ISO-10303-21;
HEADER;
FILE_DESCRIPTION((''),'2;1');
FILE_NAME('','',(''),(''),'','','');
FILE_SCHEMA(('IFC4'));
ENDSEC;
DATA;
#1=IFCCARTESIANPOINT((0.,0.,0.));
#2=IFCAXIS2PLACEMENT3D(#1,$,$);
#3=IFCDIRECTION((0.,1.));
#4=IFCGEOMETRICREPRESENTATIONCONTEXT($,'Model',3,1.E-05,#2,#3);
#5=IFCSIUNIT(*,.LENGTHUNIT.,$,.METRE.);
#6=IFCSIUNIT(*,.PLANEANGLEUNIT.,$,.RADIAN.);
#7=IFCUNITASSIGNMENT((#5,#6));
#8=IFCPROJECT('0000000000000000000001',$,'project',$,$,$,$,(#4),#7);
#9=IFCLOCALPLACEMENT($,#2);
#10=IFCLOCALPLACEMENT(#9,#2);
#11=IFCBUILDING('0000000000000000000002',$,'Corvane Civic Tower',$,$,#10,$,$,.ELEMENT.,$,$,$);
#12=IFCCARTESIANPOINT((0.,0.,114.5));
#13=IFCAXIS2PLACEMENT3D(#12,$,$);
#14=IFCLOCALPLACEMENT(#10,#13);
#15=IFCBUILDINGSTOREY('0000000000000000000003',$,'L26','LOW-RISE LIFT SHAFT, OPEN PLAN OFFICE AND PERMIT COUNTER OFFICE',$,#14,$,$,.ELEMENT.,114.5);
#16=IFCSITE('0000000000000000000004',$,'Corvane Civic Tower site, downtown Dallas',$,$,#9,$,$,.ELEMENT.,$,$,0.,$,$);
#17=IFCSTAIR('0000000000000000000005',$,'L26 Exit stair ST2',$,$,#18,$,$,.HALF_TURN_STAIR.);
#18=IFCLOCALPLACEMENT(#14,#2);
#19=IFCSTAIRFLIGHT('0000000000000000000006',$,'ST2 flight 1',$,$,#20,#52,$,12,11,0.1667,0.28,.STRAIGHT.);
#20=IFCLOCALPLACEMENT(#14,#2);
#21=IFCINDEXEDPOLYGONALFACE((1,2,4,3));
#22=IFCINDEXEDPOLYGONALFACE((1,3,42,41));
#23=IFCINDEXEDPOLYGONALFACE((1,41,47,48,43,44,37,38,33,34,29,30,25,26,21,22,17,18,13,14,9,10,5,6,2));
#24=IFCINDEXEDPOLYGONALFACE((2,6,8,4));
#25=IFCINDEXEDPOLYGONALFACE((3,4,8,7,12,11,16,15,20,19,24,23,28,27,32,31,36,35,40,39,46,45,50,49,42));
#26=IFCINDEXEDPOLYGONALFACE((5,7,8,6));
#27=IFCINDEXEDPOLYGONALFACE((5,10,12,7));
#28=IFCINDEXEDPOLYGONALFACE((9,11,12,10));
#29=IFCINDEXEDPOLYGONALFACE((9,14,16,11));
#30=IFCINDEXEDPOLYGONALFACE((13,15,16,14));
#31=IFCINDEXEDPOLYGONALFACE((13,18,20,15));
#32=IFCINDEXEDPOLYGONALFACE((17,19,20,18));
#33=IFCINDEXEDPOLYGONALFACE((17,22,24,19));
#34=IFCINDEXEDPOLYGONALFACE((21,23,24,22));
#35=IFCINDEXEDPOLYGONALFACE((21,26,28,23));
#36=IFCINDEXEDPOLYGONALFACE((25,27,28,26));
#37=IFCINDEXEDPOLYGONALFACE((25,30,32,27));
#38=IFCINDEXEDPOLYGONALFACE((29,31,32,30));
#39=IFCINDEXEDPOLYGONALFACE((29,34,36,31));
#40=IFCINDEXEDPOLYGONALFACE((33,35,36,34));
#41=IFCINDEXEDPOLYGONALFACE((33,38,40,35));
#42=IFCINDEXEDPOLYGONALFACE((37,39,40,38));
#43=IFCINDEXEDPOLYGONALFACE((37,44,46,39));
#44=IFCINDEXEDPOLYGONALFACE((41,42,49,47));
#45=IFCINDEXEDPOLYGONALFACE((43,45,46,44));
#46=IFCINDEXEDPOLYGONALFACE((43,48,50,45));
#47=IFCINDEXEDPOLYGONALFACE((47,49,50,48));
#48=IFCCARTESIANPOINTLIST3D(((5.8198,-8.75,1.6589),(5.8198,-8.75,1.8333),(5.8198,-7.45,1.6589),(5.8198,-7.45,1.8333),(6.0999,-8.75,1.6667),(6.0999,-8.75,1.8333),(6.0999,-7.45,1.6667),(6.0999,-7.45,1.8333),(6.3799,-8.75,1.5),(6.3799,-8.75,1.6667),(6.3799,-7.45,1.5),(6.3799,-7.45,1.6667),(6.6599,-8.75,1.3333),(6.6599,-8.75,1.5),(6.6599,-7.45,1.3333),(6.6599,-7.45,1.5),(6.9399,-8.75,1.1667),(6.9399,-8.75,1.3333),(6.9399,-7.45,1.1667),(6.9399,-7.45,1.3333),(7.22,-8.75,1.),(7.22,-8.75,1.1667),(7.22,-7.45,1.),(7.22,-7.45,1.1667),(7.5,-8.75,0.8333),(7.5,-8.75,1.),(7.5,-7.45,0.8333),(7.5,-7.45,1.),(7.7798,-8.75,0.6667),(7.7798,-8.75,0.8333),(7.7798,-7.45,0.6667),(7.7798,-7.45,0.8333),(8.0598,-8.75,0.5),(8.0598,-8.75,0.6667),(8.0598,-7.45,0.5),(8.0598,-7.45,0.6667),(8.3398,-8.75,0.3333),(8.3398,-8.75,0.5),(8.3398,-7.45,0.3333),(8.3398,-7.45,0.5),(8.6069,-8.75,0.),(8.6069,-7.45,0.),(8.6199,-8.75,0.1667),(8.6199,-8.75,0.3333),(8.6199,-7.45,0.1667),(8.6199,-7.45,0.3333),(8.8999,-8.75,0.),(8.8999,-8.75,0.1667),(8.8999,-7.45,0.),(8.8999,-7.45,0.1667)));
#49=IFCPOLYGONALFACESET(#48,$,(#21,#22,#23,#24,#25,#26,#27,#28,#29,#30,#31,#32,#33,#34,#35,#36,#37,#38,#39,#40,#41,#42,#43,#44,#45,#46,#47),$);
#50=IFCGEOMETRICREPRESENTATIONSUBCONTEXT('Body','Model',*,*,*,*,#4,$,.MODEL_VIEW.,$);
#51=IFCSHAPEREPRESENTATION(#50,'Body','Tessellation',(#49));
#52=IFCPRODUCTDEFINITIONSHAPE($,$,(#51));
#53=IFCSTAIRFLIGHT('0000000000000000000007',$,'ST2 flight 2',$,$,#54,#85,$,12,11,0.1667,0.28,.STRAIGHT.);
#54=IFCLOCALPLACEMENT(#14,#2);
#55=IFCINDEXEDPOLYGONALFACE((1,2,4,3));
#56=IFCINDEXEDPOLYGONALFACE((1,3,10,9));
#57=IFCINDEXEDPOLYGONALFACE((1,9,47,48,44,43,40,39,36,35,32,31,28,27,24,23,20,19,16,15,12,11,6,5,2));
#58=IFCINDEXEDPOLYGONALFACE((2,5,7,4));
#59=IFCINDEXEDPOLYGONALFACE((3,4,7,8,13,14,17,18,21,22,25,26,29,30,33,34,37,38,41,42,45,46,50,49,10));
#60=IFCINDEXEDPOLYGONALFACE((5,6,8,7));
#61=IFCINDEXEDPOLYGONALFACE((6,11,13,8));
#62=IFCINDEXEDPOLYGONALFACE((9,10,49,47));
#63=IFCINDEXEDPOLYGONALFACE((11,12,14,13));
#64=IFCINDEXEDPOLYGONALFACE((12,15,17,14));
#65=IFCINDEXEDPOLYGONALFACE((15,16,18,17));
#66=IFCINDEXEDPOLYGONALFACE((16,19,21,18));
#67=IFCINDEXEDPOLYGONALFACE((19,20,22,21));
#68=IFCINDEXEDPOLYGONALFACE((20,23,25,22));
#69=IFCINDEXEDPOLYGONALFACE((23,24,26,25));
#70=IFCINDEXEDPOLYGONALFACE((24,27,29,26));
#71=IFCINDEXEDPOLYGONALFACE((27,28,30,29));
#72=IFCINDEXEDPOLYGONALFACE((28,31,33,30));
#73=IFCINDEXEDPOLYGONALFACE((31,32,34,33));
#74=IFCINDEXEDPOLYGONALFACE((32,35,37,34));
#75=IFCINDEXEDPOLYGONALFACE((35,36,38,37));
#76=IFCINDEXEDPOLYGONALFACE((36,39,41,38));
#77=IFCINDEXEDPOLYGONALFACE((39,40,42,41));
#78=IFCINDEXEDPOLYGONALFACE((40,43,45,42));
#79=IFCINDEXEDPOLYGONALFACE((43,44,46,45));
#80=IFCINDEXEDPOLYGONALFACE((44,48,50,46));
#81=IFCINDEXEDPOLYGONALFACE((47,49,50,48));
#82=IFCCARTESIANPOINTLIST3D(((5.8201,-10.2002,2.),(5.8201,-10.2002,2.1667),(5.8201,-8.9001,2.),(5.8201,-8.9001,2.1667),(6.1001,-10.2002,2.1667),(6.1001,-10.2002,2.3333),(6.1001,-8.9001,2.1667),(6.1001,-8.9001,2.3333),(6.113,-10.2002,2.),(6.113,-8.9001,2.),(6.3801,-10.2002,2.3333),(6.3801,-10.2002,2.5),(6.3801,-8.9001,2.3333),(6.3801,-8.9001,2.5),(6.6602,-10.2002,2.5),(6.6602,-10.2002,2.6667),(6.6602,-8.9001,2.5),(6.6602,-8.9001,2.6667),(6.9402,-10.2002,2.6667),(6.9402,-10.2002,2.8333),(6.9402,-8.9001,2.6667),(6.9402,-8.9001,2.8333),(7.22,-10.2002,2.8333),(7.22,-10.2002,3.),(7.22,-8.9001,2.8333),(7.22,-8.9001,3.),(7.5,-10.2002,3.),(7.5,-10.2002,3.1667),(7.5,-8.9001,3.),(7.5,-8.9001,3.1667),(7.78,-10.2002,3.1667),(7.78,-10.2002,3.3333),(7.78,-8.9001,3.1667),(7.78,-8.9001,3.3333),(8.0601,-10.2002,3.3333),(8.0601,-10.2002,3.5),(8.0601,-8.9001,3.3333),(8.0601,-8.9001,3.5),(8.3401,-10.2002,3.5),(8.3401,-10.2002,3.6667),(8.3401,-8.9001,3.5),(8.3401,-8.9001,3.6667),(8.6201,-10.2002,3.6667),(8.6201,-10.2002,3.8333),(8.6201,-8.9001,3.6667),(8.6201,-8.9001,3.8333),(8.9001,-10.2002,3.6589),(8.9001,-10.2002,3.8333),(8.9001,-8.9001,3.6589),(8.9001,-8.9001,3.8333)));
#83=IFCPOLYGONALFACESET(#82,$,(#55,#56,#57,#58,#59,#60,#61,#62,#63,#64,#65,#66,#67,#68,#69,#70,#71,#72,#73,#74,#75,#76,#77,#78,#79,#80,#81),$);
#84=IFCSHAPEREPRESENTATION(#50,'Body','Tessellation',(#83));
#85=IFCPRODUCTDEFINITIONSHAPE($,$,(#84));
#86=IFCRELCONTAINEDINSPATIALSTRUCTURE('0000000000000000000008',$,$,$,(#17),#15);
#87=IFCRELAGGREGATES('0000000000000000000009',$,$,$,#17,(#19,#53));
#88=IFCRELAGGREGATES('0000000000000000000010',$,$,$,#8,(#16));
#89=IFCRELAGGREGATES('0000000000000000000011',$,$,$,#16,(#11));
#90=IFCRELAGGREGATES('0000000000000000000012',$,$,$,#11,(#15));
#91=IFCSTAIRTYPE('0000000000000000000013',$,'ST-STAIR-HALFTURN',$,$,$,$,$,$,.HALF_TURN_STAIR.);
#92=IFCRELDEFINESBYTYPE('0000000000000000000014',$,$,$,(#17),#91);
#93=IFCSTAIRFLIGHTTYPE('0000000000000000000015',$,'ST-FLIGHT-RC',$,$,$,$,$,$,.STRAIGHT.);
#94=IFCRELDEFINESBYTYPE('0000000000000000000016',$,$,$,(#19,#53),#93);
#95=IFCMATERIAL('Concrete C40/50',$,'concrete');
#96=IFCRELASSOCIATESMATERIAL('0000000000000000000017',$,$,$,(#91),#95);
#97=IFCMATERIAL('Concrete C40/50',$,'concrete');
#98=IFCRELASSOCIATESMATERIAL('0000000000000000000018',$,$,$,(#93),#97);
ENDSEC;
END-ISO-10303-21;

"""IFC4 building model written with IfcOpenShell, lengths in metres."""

from ifc_helpers import new_model, si_unit, direction, frame, origin, place, context, subcontext, project, spatial, polyline, outline, extrude, material, type_object, element, aggregate, save


model = new_model("IFC4")

# Units and contexts
model_context = context("Model", 3, precision=1e-05, world=origin(), true_north=direction((0.0, 1.0)))
body_context = subcontext(model_context, "Body", "Model", "MODEL_VIEW")
ifc_project = project(units=[si_unit("LENGTHUNIT", "METRE"), si_unit("PLANEANGLEUNIT", "RADIAN")], contexts=[model_context])

# Site, building, storey
site_placement = place(None, origin())
site = spatial("IfcSite", under=ifc_project, at=site_placement, Name="Corvane Civic Tower site, downtown Dallas", CompositionType="ELEMENT", RefElevation=0.0)
building_placement = place(site_placement, origin())
building = spatial("IfcBuilding", under=site, at=building_placement, Name="Corvane Civic Tower", CompositionType="ELEMENT")
storey_placement = place(building_placement, frame((0.0, 0.0, 114.5)))
storey = spatial("IfcBuildingStorey", under=building, at=storey_placement, Name="L26", Description="LOW-RISE LIFT SHAFT, OPEN PLAN OFFICE AND PERMIT COUNTER OFFICE", CompositionType="ELEMENT", Elevation=114.5)

# Stair, stair flights
ifc_material_1 = material(Name="Concrete C40/50", Category="concrete")
stair_type = type_object("IfcStairType", Name="ST-STAIR-HALFTURN", PredefinedType="HALF_TURN_STAIR", material=ifc_material_1)
stair_placement = place(storey_placement, origin())
stair = element("IfcStair", 1, at=stair_placement, inside=storey, type_object=stair_type, Name="L26 Exit stair ST2", PredefinedType="HALF_TURN_STAIR")
ifc_material_2 = material(Name="Concrete C40/50", Category="concrete")
stair_flight_type = type_object("IfcStairFlightType", Name="ST-FLIGHT-RC", PredefinedType="STRAIGHT", material=ifc_material_2)
stair_flight_1_placement = place(storey_placement, frame((8.8999, -8.1001, 0.0), z_axis=(0.0, 0.0, 1.0), x_axis=(-1.0, 0.0, 0.0)))
stair_flight_1 = element("IfcStairFlight", 2, at=stair_flight_1_placement, type_object=stair_flight_type, Name="ST2 flight 1", NumberOfRisers=12, NumberOfTreads=11, PredefinedType="STRAIGHT", RiserHeight=0.1667, TreadLength=0.28, context=body_context, shape_type="SweptSolid", body=[
    extrude(outline(polyline([(0.0, 0.0), (0.0, 0.1667), (0.28, 0.1667), (0.28, 0.3333), (0.5601, 0.3333), (0.5601, 0.5), (0.8401, 0.5), (0.8401, 0.6667), (1.1201, 0.6667), (1.1201, 0.8333), (1.3999, 0.8333), (1.3999, 1.0), (1.6799, 1.0), (1.6799, 1.1667), (1.96, 1.1667), (1.96, 1.3333), (2.24, 1.3333), (2.24, 1.5), (2.52, 1.5), (2.52, 1.6667), (2.8, 1.6667), (2.8, 1.8333), (3.0801, 1.8333), (3.0801, 2.0), (3.0801, 1.6589), (0.293, 0.0), (0.0, 0.0)])), frame((0.0, 0.6499, 0.0), z_axis=(0.0, -1.0, 0.0), x_axis=(1.0, 0.0, 0.0)), (0.0, 0.0, 1.0), 1.3),
])
stair_flight_2_placement = place(storey_placement, frame((5.8201, -9.55, 2.0), z_axis=(0.0, 0.0, 1.0), x_axis=(1.0, 0.0, 0.0)))
stair_flight_2 = element("IfcStairFlight", 3, at=stair_flight_2_placement, type_object=stair_flight_type, Name="ST2 flight 2", NumberOfRisers=12, NumberOfTreads=11, PredefinedType="STRAIGHT", RiserHeight=0.1667, TreadLength=0.28, context=body_context, shape_type="SweptSolid", body=[
    extrude(outline(polyline([(0.0, 0.0), (0.0, 0.1667), (0.28, 0.1667), (0.28, 0.3333), (0.5601, 0.3333), (0.5601, 0.5), (0.8401, 0.5), (0.8401, 0.6667), (1.1201, 0.6667), (1.1201, 0.8333), (1.3999, 0.8333), (1.3999, 1.0), (1.6799, 1.0), (1.6799, 1.1667), (1.96, 1.1667), (1.96, 1.3333), (2.24, 1.3333), (2.24, 1.5), (2.52, 1.5), (2.52, 1.6667), (2.8, 1.6667), (2.8, 1.8333), (3.0801, 1.8333), (3.0801, 2.0), (3.0801, 1.6589), (0.293, 0.0), (0.0, 0.0)])), frame((0.0, 0.6499, 0.0), z_axis=(0.0, -1.0, 0.0), x_axis=(1.0, 0.0, 0.0)), (0.0, 0.0, 1.0), 1.3),
])
aggregate(stair, [stair_flight_1, stair_flight_2])

save(model, "model.ifc")
